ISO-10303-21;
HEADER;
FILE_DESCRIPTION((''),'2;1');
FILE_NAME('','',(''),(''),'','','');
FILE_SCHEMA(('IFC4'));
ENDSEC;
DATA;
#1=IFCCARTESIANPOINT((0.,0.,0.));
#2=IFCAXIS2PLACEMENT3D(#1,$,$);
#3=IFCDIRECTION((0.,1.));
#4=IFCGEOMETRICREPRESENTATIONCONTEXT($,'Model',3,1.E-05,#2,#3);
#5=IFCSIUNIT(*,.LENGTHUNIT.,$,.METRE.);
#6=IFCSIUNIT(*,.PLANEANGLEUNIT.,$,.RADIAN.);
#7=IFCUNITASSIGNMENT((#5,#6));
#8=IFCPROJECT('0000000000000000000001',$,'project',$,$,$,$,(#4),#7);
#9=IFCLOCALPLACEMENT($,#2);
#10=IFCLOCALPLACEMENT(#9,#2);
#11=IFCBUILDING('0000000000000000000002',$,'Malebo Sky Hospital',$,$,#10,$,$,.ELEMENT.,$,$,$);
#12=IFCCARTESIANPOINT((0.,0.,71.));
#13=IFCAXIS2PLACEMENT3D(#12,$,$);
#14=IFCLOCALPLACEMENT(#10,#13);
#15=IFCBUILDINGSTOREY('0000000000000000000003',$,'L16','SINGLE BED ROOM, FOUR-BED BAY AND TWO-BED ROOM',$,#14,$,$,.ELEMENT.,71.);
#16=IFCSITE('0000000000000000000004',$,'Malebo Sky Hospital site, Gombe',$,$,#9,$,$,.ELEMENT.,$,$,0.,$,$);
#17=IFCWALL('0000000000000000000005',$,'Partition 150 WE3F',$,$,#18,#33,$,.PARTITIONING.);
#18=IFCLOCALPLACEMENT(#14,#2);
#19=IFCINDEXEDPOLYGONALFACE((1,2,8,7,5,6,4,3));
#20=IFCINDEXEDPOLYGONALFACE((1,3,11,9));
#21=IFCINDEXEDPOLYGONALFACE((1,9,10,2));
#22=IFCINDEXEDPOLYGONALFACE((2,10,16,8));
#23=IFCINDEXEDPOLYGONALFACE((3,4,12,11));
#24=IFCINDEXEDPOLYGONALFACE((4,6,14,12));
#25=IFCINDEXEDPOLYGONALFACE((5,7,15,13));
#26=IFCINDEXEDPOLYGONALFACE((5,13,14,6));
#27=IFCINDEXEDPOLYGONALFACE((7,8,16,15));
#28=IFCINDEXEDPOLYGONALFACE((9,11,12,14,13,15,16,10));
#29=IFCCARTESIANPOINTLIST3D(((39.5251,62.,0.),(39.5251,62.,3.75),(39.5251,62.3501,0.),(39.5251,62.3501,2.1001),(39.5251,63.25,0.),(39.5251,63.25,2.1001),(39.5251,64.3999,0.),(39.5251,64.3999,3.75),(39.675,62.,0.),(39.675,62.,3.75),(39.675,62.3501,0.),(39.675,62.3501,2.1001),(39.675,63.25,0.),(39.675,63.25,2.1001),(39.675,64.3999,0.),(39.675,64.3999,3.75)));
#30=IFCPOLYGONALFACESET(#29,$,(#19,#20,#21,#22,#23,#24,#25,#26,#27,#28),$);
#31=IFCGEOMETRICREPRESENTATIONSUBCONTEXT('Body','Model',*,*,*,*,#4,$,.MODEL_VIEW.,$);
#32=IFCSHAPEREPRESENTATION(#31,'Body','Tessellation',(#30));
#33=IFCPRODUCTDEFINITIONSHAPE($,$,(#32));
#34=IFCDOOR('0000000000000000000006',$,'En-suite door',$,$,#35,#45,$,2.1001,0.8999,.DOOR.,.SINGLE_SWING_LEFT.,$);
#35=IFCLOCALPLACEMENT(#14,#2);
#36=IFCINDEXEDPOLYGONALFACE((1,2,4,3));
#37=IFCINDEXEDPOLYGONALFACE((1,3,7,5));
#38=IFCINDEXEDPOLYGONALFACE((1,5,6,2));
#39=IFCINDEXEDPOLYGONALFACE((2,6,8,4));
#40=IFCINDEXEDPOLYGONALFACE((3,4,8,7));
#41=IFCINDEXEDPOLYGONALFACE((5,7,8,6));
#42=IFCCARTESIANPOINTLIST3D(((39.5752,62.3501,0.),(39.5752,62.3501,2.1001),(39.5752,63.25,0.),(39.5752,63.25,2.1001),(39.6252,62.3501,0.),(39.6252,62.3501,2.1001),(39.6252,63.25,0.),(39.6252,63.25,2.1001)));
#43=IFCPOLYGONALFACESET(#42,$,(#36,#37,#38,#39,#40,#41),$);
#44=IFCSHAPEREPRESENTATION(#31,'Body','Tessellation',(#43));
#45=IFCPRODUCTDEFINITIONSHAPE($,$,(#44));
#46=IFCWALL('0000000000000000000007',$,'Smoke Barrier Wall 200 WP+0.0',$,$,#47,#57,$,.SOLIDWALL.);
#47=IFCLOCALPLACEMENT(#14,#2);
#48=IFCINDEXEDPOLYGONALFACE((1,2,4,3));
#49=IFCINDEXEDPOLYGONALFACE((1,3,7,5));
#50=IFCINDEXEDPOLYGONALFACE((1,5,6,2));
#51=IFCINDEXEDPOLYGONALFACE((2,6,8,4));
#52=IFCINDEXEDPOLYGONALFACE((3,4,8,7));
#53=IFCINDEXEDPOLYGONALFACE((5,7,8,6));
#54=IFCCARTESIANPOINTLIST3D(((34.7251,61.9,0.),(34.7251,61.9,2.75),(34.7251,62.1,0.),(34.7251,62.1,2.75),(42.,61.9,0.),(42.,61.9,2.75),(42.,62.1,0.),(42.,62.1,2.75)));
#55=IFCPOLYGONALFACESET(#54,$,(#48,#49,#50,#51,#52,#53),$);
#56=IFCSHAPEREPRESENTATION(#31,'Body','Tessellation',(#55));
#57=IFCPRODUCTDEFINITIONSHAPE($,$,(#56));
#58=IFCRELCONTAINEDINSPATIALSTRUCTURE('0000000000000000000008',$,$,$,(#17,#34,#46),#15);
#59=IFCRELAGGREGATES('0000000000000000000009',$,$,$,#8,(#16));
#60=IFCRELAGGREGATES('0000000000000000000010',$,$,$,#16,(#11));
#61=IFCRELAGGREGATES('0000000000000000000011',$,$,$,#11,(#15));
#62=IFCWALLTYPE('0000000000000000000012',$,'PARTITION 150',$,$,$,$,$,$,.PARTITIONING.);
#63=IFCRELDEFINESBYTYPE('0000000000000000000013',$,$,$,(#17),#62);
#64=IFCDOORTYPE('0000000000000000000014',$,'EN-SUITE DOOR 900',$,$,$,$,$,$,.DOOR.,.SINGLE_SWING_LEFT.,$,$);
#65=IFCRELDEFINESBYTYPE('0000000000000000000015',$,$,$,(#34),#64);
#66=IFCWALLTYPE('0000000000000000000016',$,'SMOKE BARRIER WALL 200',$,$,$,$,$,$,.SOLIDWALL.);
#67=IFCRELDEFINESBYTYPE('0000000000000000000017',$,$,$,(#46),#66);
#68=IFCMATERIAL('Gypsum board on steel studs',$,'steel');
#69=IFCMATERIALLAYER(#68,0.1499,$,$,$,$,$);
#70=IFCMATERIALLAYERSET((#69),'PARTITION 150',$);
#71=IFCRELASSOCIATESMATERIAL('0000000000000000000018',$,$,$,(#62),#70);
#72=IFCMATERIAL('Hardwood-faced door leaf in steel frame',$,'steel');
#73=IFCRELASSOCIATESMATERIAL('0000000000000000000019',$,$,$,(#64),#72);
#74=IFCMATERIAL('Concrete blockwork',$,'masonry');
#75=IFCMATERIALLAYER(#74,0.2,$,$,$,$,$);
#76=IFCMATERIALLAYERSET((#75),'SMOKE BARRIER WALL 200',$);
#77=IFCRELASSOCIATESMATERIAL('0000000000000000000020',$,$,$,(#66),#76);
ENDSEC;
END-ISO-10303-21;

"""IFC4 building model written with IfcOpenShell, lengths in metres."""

from ifc_helpers import new_model, si_unit, direction, frame, frame_2d, origin, place, context, subcontext, project, spatial, rectangle, extrude, material, layer, layer_set, type_object, element, fill, save


model = new_model("IFC4")

# Units and contexts
model_context = context("Model", 3, precision=1e-05, world=origin(), true_north=direction((0.0, 1.0)))
body_context = subcontext(model_context, "Body", "Model", "MODEL_VIEW")
ifc_project = project(units=[si_unit("LENGTHUNIT", "METRE"), si_unit("PLANEANGLEUNIT", "RADIAN")], contexts=[model_context])

# Site, building, storey
site_placement = place(None, origin())
site = spatial("IfcSite", under=ifc_project, at=site_placement, Name="Malebo Sky Hospital site, Gombe", CompositionType="ELEMENT", RefElevation=0.0)
building_placement = place(site_placement, origin())
building = spatial("IfcBuilding", under=site, at=building_placement, Name="Malebo Sky Hospital", CompositionType="ELEMENT")
storey_placement = place(building_placement, frame((0.0, 0.0, 71.0)))
storey = spatial("IfcBuildingStorey", under=building, at=storey_placement, Name="L16", Description="SINGLE BED ROOM, FOUR-BED BAY AND TWO-BED ROOM", CompositionType="ELEMENT", Elevation=71.0)

# Shared definitions
ifc_material_1 = material(Name="Gypsum board on steel studs", Category="steel")
ifc_material_2 = material(Name="Hardwood-faced door leaf in steel frame", Category="steel")

# Shared definitions
ifc_layer_1 = layer(ifc_material_1, 0.1499)
ifc_layer_set_1 = layer_set([ifc_layer_1], Name="PARTITION 150")
wall_type_1 = type_object("IfcWallType", Name="PARTITION 150", PredefinedType="PARTITIONING", material=ifc_layer_set_1)

# Wall, opening, door
wall_1_placement = place(storey_placement, frame((39.6001, 62.0, 0.0), z_axis=(0.0, 0.0, 1.0), x_axis=(0.0, 1.0, 0.0)))
wall_1 = element("IfcWall", 1, at=wall_1_placement, inside=storey, type_object=wall_type_1, Name="Partition 150 WE3F", PredefinedType="PARTITIONING", context=body_context, shape_type="SweptSolid", body=[
    extrude(rectangle(XDim=2.3999, YDim=0.1499, at=frame_2d((1.2, 0.0))), origin(), (0.0, 0.0, 1.0), 3.75),
])
opening_1_placement = place(wall_1_placement, frame((0.3501, 0.0, 0.0)))
opening_1 = element("IfcOpeningElement", 2, at=opening_1_placement, cuts=wall_1, PredefinedType="OPENING", context=body_context, shape_type="SweptSolid", body=[
    extrude(rectangle(XDim=0.8999, YDim=2.1001, at=frame_2d((0.45, 1.05))), frame((0.0, 0.085, 0.0), z_axis=(0.0, -1.0, 0.0), x_axis=(1.0, 0.0, 0.0)), (0.0, 0.0, 1.0), 0.1699),
])
door_type_1 = type_object("IfcDoorType", Name="EN-SUITE DOOR 900", OperationType="SINGLE_SWING_LEFT", PredefinedType="DOOR", material=ifc_material_2)
door_1_placement = place(opening_1_placement, origin())
door_1 = element("IfcDoor", 3, at=door_1_placement, inside=storey, type_object=door_type_1, Name="En-suite door", OperationType="SINGLE_SWING_LEFT", OverallHeight=2.1001, OverallWidth=0.8999, PredefinedType="DOOR", context=body_context, shape_type="SweptSolid", body=[
    extrude(rectangle(XDim=0.8999, YDim=2.1001, at=frame_2d((0.45, 1.05))), frame((0.0, 0.0249, 0.0), z_axis=(0.0, -1.0, 0.0), x_axis=(1.0, 0.0, 0.0)), (0.0, 0.0, 1.0), 0.05),
])
fill(opening_1, door_1)

# Wall
ifc_material_3 = material(Name="Concrete blockwork", Category="masonry")
ifc_layer_2 = layer(ifc_material_3, 0.2)
ifc_layer_set_2 = layer_set([ifc_layer_2], Name="SMOKE BARRIER WALL 200")
wall_type_2 = type_object("IfcWallType", Name="SMOKE BARRIER WALL 200", PredefinedType="SOLIDWALL", material=ifc_layer_set_2)
wall_2_placement = place(storey_placement, frame((42.0, 62.0, 0.0), z_axis=(0.0, 0.0, 1.0), x_axis=(-1.0, 0.0, 0.0)))
element("IfcWall", 4, at=wall_2_placement, inside=storey, type_object=wall_type_2, Name="Smoke Barrier Wall 200 WP+0.0", PredefinedType="SOLIDWALL", context=body_context, shape_type="SweptSolid", body=[
    extrude(rectangle(XDim=7.2749, YDim=0.2, at=frame_2d((3.6375, 0.0))), origin(), (0.0, 0.0, 1.0), 2.75),
])

save(model, "model.ifc")
